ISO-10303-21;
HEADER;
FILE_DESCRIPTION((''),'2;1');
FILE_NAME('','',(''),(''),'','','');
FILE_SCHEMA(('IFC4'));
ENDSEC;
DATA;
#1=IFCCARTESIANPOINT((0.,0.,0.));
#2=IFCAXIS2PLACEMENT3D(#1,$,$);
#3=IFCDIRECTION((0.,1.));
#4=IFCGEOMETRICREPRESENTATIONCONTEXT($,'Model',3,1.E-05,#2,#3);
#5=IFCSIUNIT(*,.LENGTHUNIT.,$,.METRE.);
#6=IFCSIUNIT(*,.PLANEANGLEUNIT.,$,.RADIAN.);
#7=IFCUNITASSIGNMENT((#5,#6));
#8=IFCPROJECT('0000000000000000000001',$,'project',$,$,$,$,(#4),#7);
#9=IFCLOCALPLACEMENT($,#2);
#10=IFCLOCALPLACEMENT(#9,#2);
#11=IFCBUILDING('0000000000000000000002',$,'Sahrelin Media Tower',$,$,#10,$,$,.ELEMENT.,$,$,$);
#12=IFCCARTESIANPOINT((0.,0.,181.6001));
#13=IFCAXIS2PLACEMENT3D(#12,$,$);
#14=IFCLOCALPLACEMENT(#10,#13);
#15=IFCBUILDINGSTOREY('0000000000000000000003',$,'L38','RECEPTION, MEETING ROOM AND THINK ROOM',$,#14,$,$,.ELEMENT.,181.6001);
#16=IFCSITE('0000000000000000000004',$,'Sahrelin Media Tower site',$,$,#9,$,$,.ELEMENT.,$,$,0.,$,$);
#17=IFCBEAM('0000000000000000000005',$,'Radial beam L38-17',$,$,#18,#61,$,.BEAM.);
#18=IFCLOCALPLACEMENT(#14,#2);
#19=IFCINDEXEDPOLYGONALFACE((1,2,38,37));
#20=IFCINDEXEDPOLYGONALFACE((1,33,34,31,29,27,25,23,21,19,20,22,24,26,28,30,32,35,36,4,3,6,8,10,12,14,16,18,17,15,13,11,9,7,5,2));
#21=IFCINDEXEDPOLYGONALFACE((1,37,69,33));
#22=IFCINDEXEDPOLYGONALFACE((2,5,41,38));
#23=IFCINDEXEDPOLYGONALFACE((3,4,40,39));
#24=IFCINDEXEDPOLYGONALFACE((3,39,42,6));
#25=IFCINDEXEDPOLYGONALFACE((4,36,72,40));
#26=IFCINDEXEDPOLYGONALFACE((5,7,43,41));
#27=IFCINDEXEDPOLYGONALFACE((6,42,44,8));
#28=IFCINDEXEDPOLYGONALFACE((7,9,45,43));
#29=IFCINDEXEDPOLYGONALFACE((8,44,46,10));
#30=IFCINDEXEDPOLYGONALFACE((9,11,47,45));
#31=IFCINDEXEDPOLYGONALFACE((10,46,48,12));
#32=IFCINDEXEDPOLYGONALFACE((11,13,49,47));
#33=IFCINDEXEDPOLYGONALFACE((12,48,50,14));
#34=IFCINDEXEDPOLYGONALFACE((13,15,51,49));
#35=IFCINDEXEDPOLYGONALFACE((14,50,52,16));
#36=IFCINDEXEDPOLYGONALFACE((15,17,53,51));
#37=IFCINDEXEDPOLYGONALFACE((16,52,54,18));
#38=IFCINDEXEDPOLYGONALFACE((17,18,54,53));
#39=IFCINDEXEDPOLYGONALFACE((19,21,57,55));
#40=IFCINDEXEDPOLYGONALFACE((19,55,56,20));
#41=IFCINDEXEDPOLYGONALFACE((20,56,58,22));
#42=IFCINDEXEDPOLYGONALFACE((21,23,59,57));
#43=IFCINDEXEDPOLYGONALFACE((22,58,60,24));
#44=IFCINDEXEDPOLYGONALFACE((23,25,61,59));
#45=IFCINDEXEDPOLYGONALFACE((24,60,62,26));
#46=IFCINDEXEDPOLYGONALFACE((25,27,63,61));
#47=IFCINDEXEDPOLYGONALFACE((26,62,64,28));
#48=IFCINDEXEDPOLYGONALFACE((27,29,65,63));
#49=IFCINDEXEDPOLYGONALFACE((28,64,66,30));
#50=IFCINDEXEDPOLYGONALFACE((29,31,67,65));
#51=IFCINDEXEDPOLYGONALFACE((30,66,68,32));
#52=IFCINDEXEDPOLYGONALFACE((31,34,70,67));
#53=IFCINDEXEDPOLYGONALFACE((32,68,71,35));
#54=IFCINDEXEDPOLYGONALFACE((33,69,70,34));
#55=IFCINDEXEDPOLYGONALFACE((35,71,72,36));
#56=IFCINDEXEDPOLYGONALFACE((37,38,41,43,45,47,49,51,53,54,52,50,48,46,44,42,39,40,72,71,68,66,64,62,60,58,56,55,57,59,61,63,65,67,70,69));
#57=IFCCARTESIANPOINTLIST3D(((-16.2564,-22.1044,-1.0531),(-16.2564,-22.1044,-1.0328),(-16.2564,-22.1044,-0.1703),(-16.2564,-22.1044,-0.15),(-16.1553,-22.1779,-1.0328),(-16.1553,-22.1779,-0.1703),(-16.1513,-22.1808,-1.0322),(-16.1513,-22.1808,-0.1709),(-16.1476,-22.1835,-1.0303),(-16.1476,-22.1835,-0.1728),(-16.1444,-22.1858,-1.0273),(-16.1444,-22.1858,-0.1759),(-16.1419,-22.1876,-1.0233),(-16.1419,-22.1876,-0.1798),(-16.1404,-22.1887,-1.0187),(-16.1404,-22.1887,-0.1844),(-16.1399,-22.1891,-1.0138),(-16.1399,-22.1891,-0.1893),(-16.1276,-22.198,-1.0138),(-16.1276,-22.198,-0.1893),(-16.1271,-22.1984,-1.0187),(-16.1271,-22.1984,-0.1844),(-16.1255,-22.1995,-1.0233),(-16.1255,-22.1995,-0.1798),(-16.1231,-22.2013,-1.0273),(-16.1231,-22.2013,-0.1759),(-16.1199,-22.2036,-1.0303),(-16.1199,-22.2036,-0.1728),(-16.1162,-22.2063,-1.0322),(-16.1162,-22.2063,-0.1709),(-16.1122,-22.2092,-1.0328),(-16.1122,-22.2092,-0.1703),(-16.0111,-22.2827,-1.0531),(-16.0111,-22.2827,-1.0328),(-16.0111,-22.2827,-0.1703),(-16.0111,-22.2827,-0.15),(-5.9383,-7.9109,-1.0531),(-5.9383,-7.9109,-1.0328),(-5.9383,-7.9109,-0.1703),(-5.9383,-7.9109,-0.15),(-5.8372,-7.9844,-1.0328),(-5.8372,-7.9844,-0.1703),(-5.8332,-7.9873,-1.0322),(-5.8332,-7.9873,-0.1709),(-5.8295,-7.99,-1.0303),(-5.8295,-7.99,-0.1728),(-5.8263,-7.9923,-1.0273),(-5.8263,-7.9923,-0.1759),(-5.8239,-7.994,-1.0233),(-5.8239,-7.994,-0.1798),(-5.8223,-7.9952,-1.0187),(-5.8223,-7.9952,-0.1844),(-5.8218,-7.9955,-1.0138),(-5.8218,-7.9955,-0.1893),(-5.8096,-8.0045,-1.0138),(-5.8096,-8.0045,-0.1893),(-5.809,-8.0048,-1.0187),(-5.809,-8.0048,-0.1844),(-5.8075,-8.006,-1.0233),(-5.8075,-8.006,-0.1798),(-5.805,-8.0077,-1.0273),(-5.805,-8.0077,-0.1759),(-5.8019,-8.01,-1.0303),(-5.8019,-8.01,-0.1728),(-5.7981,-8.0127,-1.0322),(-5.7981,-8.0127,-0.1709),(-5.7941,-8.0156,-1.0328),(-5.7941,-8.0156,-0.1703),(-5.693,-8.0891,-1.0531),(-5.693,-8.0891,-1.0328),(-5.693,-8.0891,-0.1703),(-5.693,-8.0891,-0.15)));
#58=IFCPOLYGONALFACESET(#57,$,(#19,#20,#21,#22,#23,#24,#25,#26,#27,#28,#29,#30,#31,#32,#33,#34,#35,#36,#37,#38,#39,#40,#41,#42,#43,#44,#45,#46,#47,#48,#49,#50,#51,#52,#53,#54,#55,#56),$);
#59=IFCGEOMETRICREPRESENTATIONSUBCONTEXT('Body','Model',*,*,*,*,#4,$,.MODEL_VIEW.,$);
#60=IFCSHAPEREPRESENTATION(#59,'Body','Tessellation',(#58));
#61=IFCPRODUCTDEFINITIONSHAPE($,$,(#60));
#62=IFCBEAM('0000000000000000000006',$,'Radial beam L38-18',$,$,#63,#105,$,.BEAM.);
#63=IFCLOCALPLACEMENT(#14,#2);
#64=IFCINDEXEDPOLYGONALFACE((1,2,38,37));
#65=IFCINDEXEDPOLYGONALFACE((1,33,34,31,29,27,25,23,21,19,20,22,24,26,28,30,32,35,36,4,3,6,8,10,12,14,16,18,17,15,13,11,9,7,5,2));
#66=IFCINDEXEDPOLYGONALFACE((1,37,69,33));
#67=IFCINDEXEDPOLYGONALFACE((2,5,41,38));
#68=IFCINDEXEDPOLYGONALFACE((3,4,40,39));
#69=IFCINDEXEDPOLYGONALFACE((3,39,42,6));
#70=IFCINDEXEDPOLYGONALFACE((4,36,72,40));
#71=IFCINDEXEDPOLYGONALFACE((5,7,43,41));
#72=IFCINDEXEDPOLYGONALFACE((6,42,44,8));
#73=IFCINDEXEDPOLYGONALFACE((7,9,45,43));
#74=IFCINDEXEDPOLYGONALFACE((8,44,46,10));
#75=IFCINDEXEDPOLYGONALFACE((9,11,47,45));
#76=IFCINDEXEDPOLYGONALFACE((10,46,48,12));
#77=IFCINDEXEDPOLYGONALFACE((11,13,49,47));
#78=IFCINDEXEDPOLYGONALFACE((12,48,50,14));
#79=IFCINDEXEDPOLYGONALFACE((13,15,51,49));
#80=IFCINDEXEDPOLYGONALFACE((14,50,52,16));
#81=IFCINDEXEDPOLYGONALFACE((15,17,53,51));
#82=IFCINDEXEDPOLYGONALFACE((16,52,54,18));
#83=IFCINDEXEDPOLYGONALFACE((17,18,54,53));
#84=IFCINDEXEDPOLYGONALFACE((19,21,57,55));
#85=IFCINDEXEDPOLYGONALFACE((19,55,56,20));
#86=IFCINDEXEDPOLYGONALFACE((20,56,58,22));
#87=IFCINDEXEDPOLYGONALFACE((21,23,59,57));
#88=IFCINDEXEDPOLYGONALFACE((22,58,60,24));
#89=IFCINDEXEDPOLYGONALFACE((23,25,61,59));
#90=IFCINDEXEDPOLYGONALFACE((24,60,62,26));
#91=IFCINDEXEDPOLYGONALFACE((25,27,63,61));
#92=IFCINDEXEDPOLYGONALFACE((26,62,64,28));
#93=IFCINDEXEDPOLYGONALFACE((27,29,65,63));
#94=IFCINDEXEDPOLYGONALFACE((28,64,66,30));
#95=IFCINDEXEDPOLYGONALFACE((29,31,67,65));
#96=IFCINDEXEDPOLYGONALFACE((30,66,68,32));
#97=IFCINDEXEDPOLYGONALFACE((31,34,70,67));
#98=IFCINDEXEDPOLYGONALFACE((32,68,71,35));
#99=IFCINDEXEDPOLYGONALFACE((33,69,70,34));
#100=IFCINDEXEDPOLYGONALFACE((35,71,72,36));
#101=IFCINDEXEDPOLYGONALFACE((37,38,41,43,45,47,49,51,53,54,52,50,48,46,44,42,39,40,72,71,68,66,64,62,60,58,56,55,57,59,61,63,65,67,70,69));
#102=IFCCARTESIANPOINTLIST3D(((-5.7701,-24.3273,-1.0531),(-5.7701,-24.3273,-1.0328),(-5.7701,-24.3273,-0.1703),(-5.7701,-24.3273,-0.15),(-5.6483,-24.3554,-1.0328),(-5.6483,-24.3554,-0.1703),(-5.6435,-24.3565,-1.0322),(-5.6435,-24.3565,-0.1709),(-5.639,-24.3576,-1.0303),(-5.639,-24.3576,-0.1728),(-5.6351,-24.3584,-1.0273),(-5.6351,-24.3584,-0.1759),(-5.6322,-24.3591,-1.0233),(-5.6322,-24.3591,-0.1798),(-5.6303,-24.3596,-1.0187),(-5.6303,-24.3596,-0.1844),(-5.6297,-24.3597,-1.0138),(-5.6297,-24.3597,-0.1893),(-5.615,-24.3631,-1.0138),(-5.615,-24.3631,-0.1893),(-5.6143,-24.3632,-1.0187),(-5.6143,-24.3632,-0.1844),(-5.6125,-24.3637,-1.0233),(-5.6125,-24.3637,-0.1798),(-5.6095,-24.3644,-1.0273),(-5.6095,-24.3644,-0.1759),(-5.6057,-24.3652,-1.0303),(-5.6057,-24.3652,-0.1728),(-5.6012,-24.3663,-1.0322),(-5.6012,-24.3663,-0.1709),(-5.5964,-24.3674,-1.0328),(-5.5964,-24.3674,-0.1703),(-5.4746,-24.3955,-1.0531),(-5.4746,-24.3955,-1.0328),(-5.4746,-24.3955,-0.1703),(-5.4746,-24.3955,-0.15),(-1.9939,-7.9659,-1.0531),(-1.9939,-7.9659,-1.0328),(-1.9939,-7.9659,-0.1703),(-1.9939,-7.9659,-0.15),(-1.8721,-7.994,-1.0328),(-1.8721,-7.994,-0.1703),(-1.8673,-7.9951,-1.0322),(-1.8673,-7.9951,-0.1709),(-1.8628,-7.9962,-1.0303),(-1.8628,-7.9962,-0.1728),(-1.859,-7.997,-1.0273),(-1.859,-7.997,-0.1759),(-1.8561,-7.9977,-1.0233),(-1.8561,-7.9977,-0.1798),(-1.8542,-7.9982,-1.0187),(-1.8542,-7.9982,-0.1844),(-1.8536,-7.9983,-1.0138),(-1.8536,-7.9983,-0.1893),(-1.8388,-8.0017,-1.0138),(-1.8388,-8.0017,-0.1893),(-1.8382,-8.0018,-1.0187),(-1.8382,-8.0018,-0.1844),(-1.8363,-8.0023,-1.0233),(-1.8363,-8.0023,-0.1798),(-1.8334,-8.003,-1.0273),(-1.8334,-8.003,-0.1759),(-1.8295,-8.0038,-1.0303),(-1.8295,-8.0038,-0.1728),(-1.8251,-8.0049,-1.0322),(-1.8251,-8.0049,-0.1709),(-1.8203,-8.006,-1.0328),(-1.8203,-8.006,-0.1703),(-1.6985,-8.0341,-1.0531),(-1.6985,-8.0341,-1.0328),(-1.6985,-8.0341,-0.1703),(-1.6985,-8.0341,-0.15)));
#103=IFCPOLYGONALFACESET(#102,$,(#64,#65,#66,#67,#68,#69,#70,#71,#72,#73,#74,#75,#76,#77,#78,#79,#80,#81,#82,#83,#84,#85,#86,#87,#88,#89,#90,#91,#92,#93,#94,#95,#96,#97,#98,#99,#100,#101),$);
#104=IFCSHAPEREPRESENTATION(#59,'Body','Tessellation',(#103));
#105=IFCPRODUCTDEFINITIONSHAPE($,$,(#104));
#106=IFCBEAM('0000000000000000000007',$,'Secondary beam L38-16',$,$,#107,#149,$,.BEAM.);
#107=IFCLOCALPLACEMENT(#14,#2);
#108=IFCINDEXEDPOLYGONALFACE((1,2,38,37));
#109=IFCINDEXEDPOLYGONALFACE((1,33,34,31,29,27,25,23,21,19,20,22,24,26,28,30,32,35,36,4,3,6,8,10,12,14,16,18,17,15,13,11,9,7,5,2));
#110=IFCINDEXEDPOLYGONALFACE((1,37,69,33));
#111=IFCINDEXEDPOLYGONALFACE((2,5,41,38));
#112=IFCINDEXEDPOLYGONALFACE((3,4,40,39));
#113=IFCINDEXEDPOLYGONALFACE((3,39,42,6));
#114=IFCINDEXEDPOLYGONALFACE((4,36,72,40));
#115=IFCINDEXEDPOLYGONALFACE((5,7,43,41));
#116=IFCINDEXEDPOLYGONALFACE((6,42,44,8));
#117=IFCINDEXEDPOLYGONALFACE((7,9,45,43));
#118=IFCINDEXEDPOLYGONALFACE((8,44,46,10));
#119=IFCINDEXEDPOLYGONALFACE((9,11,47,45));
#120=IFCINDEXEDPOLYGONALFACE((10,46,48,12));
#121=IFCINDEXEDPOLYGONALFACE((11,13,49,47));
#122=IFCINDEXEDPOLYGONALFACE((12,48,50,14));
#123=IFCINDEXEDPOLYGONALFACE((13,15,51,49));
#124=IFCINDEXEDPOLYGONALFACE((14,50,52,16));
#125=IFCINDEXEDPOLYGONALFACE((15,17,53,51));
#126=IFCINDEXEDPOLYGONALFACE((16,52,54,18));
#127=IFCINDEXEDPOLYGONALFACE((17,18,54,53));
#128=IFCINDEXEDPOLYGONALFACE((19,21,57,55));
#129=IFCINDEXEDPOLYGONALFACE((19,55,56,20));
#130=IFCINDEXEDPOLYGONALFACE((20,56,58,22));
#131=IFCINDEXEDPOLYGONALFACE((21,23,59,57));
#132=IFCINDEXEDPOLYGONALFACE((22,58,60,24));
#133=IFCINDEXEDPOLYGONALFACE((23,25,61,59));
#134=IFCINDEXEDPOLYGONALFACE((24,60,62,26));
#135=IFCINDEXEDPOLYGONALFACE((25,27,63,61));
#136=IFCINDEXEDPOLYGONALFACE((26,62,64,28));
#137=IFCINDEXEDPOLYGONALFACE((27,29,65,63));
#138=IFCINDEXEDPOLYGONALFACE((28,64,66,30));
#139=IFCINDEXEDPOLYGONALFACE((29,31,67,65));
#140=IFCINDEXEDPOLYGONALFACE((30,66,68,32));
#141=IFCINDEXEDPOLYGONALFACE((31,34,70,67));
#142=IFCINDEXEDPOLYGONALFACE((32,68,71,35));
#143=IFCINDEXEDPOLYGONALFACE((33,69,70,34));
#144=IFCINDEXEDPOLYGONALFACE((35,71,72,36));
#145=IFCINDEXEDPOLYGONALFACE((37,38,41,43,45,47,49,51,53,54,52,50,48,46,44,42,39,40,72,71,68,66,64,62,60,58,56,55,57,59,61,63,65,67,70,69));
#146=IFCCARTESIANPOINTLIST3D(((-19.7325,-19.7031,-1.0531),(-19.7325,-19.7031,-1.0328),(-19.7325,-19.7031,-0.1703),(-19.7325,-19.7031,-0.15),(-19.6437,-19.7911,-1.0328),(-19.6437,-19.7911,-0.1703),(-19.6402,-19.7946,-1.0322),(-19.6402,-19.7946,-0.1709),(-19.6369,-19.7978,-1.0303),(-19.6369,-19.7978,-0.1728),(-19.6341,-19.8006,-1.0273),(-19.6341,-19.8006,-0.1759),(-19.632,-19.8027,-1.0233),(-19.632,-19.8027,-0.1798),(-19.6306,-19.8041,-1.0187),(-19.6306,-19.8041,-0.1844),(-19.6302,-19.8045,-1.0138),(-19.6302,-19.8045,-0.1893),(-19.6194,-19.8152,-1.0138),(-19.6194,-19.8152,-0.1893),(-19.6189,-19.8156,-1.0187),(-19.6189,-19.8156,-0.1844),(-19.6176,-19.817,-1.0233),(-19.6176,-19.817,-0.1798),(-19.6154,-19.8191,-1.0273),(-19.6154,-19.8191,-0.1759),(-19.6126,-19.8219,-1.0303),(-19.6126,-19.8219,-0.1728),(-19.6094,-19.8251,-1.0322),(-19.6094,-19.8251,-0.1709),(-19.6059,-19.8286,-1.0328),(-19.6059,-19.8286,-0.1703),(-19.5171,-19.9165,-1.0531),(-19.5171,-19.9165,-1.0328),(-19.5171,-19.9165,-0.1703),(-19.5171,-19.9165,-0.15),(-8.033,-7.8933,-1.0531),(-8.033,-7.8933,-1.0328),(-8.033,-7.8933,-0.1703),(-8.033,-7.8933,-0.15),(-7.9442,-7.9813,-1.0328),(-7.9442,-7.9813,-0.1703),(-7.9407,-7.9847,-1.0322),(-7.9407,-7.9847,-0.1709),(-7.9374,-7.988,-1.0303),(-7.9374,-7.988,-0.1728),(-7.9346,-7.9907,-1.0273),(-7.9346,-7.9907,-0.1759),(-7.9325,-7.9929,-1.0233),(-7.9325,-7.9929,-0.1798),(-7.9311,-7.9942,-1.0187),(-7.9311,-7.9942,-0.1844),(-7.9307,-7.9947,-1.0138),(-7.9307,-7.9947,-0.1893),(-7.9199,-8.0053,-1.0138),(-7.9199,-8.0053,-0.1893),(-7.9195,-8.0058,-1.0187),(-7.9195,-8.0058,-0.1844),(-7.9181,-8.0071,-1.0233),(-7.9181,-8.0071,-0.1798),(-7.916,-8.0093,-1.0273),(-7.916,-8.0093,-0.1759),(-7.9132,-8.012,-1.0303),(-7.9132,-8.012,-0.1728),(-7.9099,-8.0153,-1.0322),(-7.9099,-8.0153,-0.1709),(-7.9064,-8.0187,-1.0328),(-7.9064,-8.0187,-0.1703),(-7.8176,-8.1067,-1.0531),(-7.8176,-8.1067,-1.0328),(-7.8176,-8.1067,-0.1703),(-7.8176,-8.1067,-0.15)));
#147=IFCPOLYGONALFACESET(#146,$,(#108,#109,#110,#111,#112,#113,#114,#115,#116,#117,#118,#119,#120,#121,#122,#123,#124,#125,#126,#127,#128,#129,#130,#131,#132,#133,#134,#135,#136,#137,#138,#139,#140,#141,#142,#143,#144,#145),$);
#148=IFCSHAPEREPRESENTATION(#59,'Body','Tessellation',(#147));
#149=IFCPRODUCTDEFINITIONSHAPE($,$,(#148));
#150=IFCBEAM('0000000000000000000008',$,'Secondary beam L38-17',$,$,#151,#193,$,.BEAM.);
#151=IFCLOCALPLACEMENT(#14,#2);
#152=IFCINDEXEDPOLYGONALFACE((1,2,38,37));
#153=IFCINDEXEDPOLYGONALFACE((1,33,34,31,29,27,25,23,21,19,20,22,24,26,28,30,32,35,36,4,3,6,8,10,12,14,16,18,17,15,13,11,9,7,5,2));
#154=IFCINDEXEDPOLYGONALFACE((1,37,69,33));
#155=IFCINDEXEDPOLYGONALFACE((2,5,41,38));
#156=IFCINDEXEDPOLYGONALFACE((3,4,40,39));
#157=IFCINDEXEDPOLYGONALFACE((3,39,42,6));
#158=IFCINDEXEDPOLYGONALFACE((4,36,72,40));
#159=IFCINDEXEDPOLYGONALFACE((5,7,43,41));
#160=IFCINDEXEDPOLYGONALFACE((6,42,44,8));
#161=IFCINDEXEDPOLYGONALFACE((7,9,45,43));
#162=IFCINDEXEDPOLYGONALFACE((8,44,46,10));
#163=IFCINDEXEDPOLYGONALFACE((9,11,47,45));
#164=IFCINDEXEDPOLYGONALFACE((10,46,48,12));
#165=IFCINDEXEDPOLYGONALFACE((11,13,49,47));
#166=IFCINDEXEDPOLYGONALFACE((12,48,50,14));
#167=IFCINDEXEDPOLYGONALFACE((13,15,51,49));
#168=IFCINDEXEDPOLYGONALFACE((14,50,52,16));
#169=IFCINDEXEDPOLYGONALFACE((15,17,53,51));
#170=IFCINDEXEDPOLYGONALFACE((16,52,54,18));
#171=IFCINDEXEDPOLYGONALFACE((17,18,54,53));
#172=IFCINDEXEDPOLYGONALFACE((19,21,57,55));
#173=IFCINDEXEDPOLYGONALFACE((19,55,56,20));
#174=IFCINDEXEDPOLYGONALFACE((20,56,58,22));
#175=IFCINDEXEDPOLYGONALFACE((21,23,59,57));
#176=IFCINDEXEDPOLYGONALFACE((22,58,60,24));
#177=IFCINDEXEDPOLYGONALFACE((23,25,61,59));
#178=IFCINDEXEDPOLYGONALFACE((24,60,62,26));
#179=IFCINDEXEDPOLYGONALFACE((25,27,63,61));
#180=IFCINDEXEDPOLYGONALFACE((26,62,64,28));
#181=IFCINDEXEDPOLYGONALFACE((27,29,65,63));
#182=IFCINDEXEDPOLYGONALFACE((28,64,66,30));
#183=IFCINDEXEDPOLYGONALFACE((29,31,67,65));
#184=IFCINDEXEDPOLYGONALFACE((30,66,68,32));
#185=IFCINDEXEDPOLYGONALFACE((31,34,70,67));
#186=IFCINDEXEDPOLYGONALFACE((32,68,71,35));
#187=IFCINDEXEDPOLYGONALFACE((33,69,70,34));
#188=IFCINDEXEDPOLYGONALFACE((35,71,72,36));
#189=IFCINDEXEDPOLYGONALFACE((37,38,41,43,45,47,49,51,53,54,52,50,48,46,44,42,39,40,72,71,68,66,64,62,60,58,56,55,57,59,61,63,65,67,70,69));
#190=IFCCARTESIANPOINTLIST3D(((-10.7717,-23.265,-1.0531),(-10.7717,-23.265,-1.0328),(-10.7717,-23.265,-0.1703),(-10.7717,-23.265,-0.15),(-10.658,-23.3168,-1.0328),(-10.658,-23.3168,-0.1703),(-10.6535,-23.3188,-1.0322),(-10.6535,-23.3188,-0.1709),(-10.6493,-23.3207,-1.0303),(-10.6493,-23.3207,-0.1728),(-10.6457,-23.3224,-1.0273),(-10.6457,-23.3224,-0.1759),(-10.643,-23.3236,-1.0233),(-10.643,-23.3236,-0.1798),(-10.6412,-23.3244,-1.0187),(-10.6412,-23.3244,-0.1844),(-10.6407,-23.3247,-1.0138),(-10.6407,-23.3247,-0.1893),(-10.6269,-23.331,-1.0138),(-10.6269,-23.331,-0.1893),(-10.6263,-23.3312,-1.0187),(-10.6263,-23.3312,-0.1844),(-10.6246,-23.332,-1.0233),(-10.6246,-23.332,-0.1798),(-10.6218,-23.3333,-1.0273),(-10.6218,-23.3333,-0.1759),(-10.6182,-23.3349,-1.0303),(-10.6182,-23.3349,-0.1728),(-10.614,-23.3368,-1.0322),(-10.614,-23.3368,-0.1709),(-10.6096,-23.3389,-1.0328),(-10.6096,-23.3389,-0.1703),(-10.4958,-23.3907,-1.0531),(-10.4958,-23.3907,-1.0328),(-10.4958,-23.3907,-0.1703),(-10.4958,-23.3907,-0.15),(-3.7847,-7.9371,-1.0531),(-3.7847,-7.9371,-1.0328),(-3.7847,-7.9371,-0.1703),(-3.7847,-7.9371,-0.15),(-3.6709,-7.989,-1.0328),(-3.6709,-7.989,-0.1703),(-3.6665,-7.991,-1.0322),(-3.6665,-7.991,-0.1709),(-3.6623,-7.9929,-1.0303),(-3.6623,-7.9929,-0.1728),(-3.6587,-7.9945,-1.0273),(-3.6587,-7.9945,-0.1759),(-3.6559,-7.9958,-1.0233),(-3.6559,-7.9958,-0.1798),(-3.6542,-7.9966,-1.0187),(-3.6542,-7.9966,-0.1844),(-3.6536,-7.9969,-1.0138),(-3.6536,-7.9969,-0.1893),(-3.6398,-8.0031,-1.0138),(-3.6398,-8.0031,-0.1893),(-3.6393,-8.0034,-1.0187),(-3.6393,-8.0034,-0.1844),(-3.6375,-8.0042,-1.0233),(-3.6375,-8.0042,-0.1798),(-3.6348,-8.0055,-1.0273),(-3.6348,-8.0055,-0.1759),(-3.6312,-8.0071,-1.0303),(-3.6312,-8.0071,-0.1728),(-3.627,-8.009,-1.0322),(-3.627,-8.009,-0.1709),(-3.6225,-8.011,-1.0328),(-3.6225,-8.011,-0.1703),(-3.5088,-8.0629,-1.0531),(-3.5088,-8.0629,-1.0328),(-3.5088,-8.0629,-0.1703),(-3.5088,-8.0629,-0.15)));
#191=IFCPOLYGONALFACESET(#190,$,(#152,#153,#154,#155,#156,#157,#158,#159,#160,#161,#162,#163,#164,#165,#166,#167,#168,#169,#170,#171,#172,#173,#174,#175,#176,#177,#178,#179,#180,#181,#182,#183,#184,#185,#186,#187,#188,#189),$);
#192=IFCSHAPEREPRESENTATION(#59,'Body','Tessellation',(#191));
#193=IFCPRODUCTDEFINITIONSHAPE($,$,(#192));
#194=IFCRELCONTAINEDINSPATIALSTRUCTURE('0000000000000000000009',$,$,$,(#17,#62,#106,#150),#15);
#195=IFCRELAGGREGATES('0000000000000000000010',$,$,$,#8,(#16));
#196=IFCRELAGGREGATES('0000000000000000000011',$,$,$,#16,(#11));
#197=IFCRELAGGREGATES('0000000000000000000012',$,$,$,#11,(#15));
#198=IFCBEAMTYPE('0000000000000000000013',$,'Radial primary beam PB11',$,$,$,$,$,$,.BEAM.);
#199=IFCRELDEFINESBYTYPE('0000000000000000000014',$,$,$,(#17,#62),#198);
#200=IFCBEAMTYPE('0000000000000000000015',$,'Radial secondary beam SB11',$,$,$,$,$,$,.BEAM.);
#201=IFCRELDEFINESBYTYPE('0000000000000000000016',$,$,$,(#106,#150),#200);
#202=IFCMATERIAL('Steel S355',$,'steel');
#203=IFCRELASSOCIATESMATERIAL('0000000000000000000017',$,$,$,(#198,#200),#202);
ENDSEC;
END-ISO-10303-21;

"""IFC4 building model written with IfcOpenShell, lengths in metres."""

from ifc_helpers import new_model, si_unit, direction, frame, origin, origin_2d, place, context, subcontext, project, spatial, i_section, extrude, material, material_profile, profile_set, type_object, element, save


model = new_model("IFC4")

# Units and contexts
model_context = context("Model", 3, precision=1e-05, world=origin(), true_north=direction((0.0, 1.0)))
body_context = subcontext(model_context, "Body", "Model", "MODEL_VIEW")
ifc_project = project(units=[si_unit("LENGTHUNIT", "METRE"), si_unit("PLANEANGLEUNIT", "RADIAN")], contexts=[model_context])

# Site, building, storey
site_placement = place(None, origin())
site = spatial("IfcSite", under=ifc_project, at=site_placement, Name="Sahrelin Media Tower site", CompositionType="ELEMENT", RefElevation=0.0)
building_placement = place(site_placement, origin())
building = spatial("IfcBuilding", under=site, at=building_placement, Name="Sahrelin Media Tower", CompositionType="ELEMENT")
storey_placement = place(building_placement, frame((0.0, 0.0, 181.6001)))
storey = spatial("IfcBuildingStorey", under=building, at=storey_placement, Name="L38", Description="RECEPTION, MEETING ROOM AND THINK ROOM", CompositionType="ELEMENT", Elevation=181.6001)

# Beams
ifc_material_1 = material(Name="Steel S355", Category="steel")
ifc_material_profile_1 = material_profile(ifc_material_1, i_section(OverallWidth=0.3032, OverallDepth=0.9031, WebThickness=0.0151, FlangeThickness=0.0203, FilletRadius=0.019, at=origin_2d()), Name="UB 914x305x201")
ifc_profile_set_1 = profile_set([ifc_material_profile_1], Name="Steel S355")
beam_type_1 = type_object("IfcBeamType", Name="Radial primary beam PB11", PredefinedType="BEAM", material=ifc_profile_set_1)
beam_1_placement = place(storey_placement, frame((-5.8157, -8.0, -0.6016), z_axis=(-0.588004, -0.808858, 0.0), x_axis=(0.808858, -0.588004, 0.0)))
element("IfcBeam", 1, at=beam_1_placement, inside=storey, type_object=beam_type_1, Name="Radial beam L38-17", PredefinedType="BEAM", context=body_context, shape_type="SweptSolid", body=[
    extrude(i_section(OverallWidth=0.3032, OverallDepth=0.9031, WebThickness=0.0151, FlangeThickness=0.0203, FilletRadius=0.019, at=origin_2d()), origin(), (0.0, 0.0, 1.0), 17.5476),
])
beam_2_placement = place(storey_placement, frame((-1.8462, -8.0, -0.6016), z_axis=(-0.224884, -0.974386, 0.0), x_axis=(0.974386, -0.224884, 0.0)))
element("IfcBeam", 2, at=beam_2_placement, inside=storey, type_object=beam_type_1, Name="Radial beam L38-18", PredefinedType="BEAM", context=body_context, shape_type="SweptSolid", body=[
    extrude(i_section(OverallWidth=0.3032, OverallDepth=0.9031, WebThickness=0.0151, FlangeThickness=0.0203, FilletRadius=0.019, at=origin_2d()), origin(), (0.0, 0.0, 1.0), 16.7915),
])
ifc_material_profile_2 = material_profile(ifc_material_1, i_section(OverallWidth=0.3032, OverallDepth=0.9031, WebThickness=0.0151, FlangeThickness=0.0203, FilletRadius=0.019, at=origin_2d()), Name="UB 914x305x201")
ifc_profile_set_2 = profile_set([ifc_material_profile_2], Name="Steel S355")
beam_type_2 = type_object("IfcBeamType", Name="Radial secondary beam SB11", PredefinedType="BEAM", material=ifc_profile_set_2)
beam_3_placement = place(storey_placement, frame((-7.9253, -8.0, -0.6016), z_axis=(-0.70378, -0.710418, 0.0), x_axis=(0.710418, -0.70378, 0.0)))
element("IfcBeam", 3, at=beam_3_placement, inside=storey, type_object=beam_type_2, Name="Secondary beam L38-16", PredefinedType="BEAM", context=body_context, shape_type="SweptSolid", body=[
    extrude(i_section(OverallWidth=0.3032, OverallDepth=0.9031, WebThickness=0.0151, FlangeThickness=0.0203, FilletRadius=0.019, at=origin_2d()), origin(), (0.0, 0.0, 1.0), 16.6238),
])
beam_4_placement = place(storey_placement, frame((-3.6467, -8.0, -0.6016), z_axis=(-0.414779, -0.909922, 0.0), x_axis=(0.909922, -0.414779, 0.0)))
element("IfcBeam", 4, at=beam_4_placement, inside=storey, type_object=beam_type_2, Name="Secondary beam L38-17", PredefinedType="BEAM", context=body_context, shape_type="SweptSolid", body=[
    extrude(i_section(OverallWidth=0.3032, OverallDepth=0.9031, WebThickness=0.0151, FlangeThickness=0.0203, FilletRadius=0.019, at=origin_2d()), origin(), (0.0, 0.0, 1.0), 16.8452),
])

save(model, "model.ifc")
